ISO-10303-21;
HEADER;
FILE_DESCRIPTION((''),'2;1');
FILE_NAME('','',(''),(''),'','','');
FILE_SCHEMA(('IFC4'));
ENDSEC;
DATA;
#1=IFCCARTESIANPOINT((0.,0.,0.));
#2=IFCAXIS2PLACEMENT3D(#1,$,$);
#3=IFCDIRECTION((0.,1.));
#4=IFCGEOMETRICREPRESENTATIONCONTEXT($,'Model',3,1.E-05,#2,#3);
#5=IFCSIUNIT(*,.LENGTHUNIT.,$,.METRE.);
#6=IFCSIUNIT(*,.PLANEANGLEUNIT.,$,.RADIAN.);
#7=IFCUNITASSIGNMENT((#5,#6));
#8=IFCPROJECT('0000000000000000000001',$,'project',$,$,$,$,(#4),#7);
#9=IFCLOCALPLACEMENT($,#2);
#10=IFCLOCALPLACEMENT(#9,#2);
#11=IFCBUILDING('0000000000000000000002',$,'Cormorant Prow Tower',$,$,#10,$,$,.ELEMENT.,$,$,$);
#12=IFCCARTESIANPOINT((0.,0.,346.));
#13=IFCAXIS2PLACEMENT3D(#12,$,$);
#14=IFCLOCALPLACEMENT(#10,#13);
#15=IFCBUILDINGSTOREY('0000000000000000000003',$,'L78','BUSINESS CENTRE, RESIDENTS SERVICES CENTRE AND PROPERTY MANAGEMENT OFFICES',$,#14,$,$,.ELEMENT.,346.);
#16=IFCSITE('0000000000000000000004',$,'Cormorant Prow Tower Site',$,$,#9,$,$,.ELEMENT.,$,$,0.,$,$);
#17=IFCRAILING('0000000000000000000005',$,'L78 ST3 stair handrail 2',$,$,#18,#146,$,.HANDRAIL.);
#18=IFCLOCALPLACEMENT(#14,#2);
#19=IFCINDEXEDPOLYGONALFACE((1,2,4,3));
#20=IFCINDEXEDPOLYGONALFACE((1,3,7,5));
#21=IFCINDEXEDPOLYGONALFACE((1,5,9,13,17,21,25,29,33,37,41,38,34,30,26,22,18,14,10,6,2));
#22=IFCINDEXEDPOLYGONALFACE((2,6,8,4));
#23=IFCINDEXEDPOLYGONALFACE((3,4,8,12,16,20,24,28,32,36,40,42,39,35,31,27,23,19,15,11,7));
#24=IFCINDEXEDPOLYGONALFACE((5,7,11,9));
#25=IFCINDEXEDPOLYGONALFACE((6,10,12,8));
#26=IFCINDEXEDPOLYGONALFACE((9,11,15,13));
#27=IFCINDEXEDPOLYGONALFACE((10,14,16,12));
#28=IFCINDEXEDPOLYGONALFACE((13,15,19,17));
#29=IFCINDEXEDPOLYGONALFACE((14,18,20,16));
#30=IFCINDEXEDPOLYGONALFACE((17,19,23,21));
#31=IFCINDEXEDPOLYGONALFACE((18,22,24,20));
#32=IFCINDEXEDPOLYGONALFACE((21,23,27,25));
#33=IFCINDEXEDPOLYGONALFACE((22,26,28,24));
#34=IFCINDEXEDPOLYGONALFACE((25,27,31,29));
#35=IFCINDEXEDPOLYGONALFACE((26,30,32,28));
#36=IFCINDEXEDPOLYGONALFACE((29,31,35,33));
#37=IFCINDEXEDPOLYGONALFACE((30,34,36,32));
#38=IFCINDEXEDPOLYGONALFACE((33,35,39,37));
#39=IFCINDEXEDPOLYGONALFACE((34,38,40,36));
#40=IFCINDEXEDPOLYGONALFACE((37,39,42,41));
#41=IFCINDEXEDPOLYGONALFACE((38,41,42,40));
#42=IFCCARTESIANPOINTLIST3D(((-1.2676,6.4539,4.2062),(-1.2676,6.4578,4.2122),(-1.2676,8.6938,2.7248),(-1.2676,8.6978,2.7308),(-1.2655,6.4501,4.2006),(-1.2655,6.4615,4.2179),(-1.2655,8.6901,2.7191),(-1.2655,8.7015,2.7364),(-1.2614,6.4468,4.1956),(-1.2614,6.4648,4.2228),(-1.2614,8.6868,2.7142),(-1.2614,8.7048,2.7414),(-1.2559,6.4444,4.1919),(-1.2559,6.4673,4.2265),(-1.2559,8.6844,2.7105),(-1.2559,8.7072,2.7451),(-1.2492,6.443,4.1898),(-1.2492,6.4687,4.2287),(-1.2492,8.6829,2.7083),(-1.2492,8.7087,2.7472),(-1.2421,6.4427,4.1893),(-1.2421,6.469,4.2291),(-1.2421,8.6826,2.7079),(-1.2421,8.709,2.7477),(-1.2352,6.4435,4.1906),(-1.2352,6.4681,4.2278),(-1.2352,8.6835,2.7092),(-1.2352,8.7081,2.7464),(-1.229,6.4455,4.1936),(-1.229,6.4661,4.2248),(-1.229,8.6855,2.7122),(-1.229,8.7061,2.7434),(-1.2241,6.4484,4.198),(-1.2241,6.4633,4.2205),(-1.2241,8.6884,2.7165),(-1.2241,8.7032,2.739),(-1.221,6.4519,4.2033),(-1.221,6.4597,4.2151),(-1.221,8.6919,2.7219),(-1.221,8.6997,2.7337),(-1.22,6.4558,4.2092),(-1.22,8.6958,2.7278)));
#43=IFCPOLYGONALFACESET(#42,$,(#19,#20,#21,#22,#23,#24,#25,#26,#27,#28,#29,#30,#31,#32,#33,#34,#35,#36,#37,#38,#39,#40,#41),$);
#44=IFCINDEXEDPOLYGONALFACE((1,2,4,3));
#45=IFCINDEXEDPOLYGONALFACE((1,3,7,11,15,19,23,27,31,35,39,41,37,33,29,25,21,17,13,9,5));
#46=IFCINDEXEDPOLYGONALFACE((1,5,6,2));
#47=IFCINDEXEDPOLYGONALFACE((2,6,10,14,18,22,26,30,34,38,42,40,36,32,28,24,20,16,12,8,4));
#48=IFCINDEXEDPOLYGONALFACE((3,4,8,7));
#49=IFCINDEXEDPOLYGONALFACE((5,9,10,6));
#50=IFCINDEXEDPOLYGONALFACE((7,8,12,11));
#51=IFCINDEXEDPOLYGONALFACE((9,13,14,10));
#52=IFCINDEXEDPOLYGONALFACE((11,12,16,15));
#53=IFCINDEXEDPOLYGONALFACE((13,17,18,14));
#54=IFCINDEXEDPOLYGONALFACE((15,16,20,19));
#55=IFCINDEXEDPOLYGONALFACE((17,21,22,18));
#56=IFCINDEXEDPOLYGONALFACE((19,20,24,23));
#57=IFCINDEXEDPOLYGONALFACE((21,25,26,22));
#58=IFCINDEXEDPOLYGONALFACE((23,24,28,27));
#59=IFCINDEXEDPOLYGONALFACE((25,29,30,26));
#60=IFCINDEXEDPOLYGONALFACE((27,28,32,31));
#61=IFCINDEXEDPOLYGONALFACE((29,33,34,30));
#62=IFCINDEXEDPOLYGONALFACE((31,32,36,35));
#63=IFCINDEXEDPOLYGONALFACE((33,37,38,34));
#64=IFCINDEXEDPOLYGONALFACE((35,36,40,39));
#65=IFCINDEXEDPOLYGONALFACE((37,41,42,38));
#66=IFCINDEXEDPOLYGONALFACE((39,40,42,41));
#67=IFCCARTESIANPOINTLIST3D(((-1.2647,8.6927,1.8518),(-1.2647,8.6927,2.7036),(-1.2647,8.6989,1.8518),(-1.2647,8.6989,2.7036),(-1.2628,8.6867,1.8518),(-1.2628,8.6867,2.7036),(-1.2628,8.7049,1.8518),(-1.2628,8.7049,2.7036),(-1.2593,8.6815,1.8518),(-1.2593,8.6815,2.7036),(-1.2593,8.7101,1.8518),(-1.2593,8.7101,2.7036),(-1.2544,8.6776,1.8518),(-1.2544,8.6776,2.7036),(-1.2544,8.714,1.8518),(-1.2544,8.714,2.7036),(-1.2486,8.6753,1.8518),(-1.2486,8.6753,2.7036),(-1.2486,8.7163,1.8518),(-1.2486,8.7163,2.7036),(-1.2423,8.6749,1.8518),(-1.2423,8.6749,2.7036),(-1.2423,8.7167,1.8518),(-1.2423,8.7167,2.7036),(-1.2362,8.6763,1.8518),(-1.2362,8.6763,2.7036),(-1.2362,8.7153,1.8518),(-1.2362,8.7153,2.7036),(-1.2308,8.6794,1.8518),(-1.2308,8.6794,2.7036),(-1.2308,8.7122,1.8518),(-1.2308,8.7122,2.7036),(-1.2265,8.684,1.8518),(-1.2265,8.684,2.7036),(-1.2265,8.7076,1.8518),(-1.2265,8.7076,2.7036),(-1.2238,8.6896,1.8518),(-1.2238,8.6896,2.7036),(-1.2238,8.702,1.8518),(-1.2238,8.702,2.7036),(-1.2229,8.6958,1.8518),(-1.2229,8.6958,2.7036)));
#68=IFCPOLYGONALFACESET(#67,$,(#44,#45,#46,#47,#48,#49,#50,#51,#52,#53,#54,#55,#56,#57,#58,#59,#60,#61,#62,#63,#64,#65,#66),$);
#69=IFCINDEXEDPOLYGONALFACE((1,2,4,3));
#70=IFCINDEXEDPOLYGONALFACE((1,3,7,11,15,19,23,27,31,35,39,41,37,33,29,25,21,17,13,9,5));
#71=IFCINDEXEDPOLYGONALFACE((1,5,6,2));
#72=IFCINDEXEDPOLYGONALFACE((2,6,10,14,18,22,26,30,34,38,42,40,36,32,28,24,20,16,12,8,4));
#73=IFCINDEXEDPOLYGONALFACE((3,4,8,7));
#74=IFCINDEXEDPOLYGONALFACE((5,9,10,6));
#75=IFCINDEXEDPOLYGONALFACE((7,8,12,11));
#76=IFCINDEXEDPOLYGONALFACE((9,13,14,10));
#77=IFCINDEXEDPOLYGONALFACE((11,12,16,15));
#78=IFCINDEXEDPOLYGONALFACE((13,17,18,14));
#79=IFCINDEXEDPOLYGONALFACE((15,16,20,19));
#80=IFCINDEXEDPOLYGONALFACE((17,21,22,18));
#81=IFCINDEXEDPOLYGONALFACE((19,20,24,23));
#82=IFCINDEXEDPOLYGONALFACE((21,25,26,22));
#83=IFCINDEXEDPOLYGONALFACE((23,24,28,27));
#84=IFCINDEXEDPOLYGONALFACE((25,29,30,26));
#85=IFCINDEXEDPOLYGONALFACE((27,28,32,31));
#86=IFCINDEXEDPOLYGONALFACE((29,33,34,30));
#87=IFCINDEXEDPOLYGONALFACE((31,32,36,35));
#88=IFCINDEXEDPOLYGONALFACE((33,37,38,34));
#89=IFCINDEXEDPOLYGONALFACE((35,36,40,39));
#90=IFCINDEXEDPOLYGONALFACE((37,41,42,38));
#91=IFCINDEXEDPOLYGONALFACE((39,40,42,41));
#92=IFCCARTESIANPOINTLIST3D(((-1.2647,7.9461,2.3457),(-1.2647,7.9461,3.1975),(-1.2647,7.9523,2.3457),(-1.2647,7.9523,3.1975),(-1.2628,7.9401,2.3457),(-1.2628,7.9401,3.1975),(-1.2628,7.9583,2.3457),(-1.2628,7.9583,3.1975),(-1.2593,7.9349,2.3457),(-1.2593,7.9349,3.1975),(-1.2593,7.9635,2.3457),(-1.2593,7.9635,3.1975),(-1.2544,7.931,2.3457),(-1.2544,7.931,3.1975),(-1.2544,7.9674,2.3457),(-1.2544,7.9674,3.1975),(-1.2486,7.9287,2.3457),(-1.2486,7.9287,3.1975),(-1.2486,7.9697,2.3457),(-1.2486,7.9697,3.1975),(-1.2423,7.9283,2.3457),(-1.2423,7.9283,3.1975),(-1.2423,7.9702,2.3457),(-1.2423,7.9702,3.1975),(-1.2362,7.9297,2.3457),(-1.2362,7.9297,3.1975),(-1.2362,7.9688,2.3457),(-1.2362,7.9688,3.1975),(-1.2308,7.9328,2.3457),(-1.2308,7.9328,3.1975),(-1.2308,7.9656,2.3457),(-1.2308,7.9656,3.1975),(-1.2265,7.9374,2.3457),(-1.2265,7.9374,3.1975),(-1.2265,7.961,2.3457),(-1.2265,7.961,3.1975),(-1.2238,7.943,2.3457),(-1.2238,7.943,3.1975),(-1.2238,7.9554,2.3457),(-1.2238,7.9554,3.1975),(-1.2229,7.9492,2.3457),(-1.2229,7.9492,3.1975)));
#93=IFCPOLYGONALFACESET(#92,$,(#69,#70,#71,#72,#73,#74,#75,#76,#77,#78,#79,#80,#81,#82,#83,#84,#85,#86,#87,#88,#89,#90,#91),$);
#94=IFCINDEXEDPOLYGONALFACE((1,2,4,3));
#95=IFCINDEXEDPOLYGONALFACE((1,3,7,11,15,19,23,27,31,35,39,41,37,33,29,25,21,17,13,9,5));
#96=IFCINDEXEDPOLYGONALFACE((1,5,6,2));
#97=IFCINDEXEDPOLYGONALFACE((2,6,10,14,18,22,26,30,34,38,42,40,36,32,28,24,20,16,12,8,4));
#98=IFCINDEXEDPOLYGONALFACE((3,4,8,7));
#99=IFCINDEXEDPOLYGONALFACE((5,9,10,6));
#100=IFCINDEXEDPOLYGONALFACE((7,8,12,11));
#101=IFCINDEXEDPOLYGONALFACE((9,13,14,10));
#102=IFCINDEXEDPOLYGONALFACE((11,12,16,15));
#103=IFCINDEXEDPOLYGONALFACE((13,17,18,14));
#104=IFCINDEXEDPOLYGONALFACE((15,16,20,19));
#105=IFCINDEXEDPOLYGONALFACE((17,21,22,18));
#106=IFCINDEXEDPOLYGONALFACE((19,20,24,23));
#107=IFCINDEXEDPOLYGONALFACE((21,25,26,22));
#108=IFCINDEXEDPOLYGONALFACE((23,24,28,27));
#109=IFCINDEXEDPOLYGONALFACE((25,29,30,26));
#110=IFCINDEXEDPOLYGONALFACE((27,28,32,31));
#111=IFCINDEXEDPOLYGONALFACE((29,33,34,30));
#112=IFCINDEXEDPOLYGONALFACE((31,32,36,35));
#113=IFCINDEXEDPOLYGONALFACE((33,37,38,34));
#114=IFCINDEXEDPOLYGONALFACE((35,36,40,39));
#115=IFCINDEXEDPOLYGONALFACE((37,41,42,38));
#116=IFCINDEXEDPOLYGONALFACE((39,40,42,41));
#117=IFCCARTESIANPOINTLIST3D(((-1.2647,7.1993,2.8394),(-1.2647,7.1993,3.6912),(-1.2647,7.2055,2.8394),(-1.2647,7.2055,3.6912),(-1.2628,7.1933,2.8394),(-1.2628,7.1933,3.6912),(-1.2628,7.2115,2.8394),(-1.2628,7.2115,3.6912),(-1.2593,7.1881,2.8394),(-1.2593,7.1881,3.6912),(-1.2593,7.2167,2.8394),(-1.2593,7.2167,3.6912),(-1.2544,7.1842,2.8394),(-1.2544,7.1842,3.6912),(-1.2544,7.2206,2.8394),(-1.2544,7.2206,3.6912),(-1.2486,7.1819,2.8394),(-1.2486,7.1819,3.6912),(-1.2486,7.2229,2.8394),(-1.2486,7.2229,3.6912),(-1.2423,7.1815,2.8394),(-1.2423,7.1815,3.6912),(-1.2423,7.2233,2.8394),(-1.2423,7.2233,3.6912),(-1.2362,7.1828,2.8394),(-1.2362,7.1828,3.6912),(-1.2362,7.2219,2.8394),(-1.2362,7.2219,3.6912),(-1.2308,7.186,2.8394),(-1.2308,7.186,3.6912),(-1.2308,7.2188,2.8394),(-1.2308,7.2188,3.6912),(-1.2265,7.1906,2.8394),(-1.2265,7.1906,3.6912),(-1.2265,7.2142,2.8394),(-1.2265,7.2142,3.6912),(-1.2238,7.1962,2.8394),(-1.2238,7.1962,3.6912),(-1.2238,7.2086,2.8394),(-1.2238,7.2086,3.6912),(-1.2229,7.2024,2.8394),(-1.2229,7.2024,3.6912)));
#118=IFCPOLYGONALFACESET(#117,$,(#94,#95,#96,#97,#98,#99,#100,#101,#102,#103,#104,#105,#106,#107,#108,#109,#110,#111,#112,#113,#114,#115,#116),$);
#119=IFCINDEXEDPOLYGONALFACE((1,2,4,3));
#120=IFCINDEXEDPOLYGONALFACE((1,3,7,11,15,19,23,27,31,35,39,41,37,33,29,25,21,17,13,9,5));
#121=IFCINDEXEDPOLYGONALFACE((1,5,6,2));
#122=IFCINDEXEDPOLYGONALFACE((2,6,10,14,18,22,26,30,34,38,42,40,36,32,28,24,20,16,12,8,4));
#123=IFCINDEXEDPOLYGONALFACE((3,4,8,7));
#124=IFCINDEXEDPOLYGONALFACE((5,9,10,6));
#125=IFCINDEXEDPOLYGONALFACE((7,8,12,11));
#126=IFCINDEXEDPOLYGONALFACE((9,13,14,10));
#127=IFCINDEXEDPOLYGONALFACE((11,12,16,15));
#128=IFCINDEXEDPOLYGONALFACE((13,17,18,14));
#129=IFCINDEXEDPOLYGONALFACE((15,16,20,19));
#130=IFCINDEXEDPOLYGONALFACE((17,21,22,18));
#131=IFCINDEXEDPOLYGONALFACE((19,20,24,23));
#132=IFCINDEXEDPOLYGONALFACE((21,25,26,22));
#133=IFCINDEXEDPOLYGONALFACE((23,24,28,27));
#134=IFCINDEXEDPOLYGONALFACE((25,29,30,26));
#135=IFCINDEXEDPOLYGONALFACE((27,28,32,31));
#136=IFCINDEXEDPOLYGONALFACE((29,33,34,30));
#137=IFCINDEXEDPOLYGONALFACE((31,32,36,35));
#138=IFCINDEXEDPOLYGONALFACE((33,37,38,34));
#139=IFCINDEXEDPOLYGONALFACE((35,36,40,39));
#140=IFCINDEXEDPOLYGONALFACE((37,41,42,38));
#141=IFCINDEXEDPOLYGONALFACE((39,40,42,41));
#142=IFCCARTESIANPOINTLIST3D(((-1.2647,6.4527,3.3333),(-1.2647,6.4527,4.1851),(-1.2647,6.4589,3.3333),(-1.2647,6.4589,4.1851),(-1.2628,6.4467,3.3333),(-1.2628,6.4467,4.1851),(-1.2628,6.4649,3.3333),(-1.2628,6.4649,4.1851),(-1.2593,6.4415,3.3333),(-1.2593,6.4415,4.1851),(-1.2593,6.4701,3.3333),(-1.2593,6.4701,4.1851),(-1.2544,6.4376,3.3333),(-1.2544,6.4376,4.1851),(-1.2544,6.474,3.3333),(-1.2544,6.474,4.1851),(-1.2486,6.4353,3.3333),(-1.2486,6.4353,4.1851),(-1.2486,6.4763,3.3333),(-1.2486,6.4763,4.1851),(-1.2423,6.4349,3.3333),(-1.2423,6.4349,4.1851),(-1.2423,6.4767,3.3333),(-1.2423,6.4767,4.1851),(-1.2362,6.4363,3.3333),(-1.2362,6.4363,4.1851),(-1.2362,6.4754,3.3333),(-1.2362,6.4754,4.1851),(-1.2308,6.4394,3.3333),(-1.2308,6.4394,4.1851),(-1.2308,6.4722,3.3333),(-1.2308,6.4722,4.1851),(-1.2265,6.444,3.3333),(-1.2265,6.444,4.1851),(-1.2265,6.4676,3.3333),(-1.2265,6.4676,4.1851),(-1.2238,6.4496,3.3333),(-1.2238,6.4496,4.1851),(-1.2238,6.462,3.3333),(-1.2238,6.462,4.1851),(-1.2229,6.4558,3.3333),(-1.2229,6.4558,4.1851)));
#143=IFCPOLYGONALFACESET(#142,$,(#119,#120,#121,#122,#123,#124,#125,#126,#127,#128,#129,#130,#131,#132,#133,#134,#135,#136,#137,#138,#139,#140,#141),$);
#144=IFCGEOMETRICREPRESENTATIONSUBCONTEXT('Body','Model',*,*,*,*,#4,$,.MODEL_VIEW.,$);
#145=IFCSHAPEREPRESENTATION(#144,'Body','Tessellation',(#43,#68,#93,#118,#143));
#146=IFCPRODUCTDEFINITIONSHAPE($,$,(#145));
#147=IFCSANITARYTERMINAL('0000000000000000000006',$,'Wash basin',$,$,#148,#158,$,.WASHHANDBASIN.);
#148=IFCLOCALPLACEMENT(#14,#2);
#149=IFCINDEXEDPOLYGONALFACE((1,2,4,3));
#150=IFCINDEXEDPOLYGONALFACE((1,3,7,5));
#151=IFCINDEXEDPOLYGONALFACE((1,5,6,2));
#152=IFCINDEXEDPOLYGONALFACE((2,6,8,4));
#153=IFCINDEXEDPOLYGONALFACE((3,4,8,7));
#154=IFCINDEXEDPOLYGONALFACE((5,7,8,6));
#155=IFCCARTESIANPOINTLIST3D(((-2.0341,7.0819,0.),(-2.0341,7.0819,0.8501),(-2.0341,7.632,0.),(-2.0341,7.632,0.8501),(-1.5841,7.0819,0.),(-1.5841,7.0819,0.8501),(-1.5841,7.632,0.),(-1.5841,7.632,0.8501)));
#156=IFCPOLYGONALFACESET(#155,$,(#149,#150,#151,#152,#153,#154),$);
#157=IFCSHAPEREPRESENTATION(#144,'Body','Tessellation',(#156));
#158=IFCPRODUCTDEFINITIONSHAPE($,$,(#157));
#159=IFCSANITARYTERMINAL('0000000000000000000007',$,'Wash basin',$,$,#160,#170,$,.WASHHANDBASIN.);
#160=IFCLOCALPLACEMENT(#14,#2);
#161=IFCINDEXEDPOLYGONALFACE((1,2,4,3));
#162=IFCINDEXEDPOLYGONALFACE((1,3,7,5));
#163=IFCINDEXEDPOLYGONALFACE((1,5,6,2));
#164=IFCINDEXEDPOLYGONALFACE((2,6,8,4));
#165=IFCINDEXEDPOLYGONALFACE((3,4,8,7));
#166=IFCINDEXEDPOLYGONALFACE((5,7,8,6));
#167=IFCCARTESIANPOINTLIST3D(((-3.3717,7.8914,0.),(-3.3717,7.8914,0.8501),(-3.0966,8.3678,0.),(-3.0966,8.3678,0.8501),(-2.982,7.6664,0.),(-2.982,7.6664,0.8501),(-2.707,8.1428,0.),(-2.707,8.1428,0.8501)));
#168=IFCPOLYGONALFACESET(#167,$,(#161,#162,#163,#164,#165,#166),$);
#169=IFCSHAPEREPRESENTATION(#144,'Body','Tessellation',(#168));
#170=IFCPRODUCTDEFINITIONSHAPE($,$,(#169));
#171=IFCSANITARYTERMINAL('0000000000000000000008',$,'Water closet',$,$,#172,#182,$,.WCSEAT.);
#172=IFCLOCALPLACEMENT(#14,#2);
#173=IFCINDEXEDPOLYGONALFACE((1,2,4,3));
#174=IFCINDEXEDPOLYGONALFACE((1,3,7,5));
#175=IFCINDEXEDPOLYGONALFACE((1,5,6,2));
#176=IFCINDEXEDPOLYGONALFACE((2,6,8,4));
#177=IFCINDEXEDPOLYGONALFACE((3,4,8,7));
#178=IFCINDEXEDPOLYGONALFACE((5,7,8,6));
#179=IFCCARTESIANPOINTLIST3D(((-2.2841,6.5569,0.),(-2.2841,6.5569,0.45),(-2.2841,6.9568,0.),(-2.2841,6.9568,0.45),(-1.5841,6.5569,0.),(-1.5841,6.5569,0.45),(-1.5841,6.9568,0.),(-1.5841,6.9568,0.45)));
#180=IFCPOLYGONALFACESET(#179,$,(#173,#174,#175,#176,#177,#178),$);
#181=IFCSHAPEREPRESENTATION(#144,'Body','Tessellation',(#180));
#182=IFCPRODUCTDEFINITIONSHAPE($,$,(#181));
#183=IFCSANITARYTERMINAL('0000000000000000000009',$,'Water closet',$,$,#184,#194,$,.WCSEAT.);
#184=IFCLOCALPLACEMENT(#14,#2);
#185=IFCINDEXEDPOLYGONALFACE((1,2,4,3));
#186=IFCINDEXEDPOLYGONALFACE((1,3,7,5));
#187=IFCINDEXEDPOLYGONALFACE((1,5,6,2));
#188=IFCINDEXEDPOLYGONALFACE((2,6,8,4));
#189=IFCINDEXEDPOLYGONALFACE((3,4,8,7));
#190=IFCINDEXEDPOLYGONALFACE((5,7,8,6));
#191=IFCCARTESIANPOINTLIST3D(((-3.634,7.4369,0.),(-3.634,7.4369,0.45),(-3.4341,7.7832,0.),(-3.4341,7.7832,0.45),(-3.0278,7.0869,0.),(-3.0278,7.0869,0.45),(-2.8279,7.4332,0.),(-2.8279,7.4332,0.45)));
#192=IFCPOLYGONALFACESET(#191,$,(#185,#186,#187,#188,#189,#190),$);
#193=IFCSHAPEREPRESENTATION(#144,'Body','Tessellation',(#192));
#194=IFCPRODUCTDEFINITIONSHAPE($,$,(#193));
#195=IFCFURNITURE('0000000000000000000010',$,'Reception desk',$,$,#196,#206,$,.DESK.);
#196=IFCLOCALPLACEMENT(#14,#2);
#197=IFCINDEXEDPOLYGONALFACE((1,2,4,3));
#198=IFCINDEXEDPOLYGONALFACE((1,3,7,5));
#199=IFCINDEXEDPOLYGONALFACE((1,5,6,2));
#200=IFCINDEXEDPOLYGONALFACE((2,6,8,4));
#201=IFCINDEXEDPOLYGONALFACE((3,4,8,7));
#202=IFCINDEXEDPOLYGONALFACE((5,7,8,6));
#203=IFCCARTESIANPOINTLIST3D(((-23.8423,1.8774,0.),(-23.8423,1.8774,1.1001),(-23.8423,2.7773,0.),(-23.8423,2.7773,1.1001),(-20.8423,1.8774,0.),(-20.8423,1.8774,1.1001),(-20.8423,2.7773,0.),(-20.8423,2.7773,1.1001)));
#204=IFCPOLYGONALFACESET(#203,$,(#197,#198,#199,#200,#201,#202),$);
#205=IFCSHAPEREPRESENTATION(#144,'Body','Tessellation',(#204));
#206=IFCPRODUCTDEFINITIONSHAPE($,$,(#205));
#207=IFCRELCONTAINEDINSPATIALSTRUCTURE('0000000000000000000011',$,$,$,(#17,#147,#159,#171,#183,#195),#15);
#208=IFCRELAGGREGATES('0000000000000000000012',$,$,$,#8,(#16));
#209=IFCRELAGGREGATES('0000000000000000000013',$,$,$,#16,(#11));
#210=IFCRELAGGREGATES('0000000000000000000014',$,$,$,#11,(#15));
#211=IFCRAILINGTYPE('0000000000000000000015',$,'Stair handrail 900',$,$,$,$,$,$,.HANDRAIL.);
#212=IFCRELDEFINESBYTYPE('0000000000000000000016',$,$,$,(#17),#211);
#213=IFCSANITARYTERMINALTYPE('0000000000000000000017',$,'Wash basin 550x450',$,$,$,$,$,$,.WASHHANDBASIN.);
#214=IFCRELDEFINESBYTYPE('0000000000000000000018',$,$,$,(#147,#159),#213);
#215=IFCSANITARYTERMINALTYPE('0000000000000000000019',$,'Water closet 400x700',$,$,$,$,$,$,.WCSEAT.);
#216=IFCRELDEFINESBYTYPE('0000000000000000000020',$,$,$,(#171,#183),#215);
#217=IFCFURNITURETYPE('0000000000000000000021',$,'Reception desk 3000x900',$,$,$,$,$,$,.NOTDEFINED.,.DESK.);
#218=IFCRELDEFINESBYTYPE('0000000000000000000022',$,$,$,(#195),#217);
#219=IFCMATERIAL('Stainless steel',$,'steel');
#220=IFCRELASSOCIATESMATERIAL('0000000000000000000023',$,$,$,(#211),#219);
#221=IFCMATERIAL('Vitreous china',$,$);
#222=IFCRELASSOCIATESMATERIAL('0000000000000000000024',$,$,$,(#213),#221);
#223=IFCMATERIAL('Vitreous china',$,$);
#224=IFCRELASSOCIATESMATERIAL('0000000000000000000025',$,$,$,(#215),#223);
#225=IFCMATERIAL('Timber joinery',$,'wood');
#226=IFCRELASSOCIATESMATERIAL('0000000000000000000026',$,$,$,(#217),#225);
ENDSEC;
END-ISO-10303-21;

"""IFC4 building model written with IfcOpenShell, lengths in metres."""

from ifc_helpers import new_model, si_unit, direction, frame, origin, origin_2d, place, context, subcontext, project, spatial, rectangle, circle, extrude, material, type_object, element, save


model = new_model("IFC4")

# Units and contexts
model_context = context("Model", 3, precision=1e-05, world=origin(), true_north=direction((0.0, 1.0)))
body_context = subcontext(model_context, "Body", "Model", "MODEL_VIEW")
ifc_project = project(units=[si_unit("LENGTHUNIT", "METRE"), si_unit("PLANEANGLEUNIT", "RADIAN")], contexts=[model_context])

# Site, building, storey
site_placement = place(None, origin())
site = spatial("IfcSite", under=ifc_project, at=site_placement, Name="Cormorant Prow Tower Site", CompositionType="ELEMENT", RefElevation=0.0)
building_placement = place(site_placement, origin())
building = spatial("IfcBuilding", under=site, at=building_placement, Name="Cormorant Prow Tower", CompositionType="ELEMENT")
storey_placement = place(building_placement, frame((0.0, 0.0, 346.0)))
storey = spatial("IfcBuildingStorey", under=building, at=storey_placement, Name="L78", Description="BUSINESS CENTRE, RESIDENTS SERVICES CENTRE AND PROPERTY MANAGEMENT OFFICES", CompositionType="ELEMENT", Elevation=346.0)

# Railing
ifc_material_1 = material(Name="Stainless steel", Category="steel")
railing_type = type_object("IfcRailingType", Name="Stair handrail 900", PredefinedType="HANDRAIL", material=ifc_material_1)
railing_placement = place(storey_placement, frame((-1.2439, 8.6958, 1.8518)))
element("IfcRailing", 1, at=railing_placement, inside=storey, type_object=railing_type, Name="L78 ST3 stair handrail 2", PredefinedType="HANDRAIL", context=body_context, shape_type="SweptSolid", body=[
    extrude(circle(Radius=0.0239, at=origin_2d()), frame((0.0, 0.0, 0.876), z_axis=(0.0, -0.834087, 0.551634), x_axis=(1.0, 0.0, 0.0)), (0.0, 0.0, 1.0), 2.6855),
    extrude(circle(Radius=0.021, at=origin_2d()), origin(), (0.0, 0.0, 1.0), 0.8518),
    extrude(circle(Radius=0.021, at=origin_2d()), frame((0.0, -0.7466, 0.4939)), (0.0, 0.0, 1.0), 0.8518),
    extrude(circle(Radius=0.021, at=origin_2d()), frame((0.0, -1.4934, 0.9875)), (0.0, 0.0, 1.0), 0.8518),
    extrude(circle(Radius=0.021, at=origin_2d()), frame((0.0, -2.24, 1.4814)), (0.0, 0.0, 1.0), 0.8518),
])

# Sanitary terminals
ifc_material_2 = material(Name="Vitreous china")
sanitary_terminal_type_1 = type_object("IfcSanitaryTerminalType", Name="Wash basin 550x450", PredefinedType="WASHHANDBASIN", material=ifc_material_2)
for number, where, z_axis, x_axis, name in (
    (2, (-1.8091, 7.3569, 0.0), (0.0, 0.0, 1.0), (0.0, 1.0, 0.0), "Wash basin"),
    (3, (-3.0393, 8.0171, 0.0), (0.0, 0.0, 1.0), (-0.5, -0.866025, 0.0), "Wash basin"),
):
    element("IfcSanitaryTerminal", number, at=place(storey_placement, frame(where, z_axis=z_axis, x_axis=x_axis)), inside=storey, type_object=sanitary_terminal_type_1, Name=name, PredefinedType="WASHHANDBASIN", context=body_context, shape_type="SweptSolid", body=[
        extrude(rectangle(XDim=0.55, YDim=0.45, at=origin_2d()), origin(), (0.0, 0.0, 1.0), 0.8501),
    ])
ifc_material_3 = material(Name="Vitreous china")
sanitary_terminal_type_2 = type_object("IfcSanitaryTerminalType", Name="Water closet 400x700", PredefinedType="WCSEAT", material=ifc_material_3)
for number, where, z_axis, x_axis, name in (
    (4, (-1.9341, 6.7568, 0.0), (0.0, 0.0, 1.0), (0.0, 1.0, 0.0), "Water closet"),
    (5, (-3.231, 7.4351, 0.0), (0.0, 0.0, 1.0), (-0.5, -0.866025, 0.0), "Water closet"),
):
    element("IfcSanitaryTerminal", number, at=place(storey_placement, frame(where, z_axis=z_axis, x_axis=x_axis)), inside=storey, type_object=sanitary_terminal_type_2, Name=name, PredefinedType="WCSEAT", context=body_context, shape_type="SweptSolid", body=[
        extrude(rectangle(XDim=0.3999, YDim=0.7, at=origin_2d()), origin(), (0.0, 0.0, 1.0), 0.45),
    ])

# Furniture
ifc_material_4 = material(Name="Timber joinery", Category="wood")
furniture_type = type_object("IfcFurnitureType", Name="Reception desk 3000x900", AssemblyPlace="NOTDEFINED", PredefinedType="DESK", material=ifc_material_4)
furniture_placement = place(storey_placement, frame((-22.3423, 2.3274, 0.0), z_axis=(0.0, 0.0, 1.0), x_axis=(1.0, 0.0, 0.0)))
element("IfcFurniture", 6, at=furniture_placement, inside=storey, type_object=furniture_type, Name="Reception desk", PredefinedType="DESK", context=body_context, shape_type="SweptSolid", body=[
    extrude(rectangle(XDim=3.0, YDim=0.8999, at=origin_2d()), origin(), (0.0, 0.0, 1.0), 1.1001),
])

save(model, "model.ifc")
